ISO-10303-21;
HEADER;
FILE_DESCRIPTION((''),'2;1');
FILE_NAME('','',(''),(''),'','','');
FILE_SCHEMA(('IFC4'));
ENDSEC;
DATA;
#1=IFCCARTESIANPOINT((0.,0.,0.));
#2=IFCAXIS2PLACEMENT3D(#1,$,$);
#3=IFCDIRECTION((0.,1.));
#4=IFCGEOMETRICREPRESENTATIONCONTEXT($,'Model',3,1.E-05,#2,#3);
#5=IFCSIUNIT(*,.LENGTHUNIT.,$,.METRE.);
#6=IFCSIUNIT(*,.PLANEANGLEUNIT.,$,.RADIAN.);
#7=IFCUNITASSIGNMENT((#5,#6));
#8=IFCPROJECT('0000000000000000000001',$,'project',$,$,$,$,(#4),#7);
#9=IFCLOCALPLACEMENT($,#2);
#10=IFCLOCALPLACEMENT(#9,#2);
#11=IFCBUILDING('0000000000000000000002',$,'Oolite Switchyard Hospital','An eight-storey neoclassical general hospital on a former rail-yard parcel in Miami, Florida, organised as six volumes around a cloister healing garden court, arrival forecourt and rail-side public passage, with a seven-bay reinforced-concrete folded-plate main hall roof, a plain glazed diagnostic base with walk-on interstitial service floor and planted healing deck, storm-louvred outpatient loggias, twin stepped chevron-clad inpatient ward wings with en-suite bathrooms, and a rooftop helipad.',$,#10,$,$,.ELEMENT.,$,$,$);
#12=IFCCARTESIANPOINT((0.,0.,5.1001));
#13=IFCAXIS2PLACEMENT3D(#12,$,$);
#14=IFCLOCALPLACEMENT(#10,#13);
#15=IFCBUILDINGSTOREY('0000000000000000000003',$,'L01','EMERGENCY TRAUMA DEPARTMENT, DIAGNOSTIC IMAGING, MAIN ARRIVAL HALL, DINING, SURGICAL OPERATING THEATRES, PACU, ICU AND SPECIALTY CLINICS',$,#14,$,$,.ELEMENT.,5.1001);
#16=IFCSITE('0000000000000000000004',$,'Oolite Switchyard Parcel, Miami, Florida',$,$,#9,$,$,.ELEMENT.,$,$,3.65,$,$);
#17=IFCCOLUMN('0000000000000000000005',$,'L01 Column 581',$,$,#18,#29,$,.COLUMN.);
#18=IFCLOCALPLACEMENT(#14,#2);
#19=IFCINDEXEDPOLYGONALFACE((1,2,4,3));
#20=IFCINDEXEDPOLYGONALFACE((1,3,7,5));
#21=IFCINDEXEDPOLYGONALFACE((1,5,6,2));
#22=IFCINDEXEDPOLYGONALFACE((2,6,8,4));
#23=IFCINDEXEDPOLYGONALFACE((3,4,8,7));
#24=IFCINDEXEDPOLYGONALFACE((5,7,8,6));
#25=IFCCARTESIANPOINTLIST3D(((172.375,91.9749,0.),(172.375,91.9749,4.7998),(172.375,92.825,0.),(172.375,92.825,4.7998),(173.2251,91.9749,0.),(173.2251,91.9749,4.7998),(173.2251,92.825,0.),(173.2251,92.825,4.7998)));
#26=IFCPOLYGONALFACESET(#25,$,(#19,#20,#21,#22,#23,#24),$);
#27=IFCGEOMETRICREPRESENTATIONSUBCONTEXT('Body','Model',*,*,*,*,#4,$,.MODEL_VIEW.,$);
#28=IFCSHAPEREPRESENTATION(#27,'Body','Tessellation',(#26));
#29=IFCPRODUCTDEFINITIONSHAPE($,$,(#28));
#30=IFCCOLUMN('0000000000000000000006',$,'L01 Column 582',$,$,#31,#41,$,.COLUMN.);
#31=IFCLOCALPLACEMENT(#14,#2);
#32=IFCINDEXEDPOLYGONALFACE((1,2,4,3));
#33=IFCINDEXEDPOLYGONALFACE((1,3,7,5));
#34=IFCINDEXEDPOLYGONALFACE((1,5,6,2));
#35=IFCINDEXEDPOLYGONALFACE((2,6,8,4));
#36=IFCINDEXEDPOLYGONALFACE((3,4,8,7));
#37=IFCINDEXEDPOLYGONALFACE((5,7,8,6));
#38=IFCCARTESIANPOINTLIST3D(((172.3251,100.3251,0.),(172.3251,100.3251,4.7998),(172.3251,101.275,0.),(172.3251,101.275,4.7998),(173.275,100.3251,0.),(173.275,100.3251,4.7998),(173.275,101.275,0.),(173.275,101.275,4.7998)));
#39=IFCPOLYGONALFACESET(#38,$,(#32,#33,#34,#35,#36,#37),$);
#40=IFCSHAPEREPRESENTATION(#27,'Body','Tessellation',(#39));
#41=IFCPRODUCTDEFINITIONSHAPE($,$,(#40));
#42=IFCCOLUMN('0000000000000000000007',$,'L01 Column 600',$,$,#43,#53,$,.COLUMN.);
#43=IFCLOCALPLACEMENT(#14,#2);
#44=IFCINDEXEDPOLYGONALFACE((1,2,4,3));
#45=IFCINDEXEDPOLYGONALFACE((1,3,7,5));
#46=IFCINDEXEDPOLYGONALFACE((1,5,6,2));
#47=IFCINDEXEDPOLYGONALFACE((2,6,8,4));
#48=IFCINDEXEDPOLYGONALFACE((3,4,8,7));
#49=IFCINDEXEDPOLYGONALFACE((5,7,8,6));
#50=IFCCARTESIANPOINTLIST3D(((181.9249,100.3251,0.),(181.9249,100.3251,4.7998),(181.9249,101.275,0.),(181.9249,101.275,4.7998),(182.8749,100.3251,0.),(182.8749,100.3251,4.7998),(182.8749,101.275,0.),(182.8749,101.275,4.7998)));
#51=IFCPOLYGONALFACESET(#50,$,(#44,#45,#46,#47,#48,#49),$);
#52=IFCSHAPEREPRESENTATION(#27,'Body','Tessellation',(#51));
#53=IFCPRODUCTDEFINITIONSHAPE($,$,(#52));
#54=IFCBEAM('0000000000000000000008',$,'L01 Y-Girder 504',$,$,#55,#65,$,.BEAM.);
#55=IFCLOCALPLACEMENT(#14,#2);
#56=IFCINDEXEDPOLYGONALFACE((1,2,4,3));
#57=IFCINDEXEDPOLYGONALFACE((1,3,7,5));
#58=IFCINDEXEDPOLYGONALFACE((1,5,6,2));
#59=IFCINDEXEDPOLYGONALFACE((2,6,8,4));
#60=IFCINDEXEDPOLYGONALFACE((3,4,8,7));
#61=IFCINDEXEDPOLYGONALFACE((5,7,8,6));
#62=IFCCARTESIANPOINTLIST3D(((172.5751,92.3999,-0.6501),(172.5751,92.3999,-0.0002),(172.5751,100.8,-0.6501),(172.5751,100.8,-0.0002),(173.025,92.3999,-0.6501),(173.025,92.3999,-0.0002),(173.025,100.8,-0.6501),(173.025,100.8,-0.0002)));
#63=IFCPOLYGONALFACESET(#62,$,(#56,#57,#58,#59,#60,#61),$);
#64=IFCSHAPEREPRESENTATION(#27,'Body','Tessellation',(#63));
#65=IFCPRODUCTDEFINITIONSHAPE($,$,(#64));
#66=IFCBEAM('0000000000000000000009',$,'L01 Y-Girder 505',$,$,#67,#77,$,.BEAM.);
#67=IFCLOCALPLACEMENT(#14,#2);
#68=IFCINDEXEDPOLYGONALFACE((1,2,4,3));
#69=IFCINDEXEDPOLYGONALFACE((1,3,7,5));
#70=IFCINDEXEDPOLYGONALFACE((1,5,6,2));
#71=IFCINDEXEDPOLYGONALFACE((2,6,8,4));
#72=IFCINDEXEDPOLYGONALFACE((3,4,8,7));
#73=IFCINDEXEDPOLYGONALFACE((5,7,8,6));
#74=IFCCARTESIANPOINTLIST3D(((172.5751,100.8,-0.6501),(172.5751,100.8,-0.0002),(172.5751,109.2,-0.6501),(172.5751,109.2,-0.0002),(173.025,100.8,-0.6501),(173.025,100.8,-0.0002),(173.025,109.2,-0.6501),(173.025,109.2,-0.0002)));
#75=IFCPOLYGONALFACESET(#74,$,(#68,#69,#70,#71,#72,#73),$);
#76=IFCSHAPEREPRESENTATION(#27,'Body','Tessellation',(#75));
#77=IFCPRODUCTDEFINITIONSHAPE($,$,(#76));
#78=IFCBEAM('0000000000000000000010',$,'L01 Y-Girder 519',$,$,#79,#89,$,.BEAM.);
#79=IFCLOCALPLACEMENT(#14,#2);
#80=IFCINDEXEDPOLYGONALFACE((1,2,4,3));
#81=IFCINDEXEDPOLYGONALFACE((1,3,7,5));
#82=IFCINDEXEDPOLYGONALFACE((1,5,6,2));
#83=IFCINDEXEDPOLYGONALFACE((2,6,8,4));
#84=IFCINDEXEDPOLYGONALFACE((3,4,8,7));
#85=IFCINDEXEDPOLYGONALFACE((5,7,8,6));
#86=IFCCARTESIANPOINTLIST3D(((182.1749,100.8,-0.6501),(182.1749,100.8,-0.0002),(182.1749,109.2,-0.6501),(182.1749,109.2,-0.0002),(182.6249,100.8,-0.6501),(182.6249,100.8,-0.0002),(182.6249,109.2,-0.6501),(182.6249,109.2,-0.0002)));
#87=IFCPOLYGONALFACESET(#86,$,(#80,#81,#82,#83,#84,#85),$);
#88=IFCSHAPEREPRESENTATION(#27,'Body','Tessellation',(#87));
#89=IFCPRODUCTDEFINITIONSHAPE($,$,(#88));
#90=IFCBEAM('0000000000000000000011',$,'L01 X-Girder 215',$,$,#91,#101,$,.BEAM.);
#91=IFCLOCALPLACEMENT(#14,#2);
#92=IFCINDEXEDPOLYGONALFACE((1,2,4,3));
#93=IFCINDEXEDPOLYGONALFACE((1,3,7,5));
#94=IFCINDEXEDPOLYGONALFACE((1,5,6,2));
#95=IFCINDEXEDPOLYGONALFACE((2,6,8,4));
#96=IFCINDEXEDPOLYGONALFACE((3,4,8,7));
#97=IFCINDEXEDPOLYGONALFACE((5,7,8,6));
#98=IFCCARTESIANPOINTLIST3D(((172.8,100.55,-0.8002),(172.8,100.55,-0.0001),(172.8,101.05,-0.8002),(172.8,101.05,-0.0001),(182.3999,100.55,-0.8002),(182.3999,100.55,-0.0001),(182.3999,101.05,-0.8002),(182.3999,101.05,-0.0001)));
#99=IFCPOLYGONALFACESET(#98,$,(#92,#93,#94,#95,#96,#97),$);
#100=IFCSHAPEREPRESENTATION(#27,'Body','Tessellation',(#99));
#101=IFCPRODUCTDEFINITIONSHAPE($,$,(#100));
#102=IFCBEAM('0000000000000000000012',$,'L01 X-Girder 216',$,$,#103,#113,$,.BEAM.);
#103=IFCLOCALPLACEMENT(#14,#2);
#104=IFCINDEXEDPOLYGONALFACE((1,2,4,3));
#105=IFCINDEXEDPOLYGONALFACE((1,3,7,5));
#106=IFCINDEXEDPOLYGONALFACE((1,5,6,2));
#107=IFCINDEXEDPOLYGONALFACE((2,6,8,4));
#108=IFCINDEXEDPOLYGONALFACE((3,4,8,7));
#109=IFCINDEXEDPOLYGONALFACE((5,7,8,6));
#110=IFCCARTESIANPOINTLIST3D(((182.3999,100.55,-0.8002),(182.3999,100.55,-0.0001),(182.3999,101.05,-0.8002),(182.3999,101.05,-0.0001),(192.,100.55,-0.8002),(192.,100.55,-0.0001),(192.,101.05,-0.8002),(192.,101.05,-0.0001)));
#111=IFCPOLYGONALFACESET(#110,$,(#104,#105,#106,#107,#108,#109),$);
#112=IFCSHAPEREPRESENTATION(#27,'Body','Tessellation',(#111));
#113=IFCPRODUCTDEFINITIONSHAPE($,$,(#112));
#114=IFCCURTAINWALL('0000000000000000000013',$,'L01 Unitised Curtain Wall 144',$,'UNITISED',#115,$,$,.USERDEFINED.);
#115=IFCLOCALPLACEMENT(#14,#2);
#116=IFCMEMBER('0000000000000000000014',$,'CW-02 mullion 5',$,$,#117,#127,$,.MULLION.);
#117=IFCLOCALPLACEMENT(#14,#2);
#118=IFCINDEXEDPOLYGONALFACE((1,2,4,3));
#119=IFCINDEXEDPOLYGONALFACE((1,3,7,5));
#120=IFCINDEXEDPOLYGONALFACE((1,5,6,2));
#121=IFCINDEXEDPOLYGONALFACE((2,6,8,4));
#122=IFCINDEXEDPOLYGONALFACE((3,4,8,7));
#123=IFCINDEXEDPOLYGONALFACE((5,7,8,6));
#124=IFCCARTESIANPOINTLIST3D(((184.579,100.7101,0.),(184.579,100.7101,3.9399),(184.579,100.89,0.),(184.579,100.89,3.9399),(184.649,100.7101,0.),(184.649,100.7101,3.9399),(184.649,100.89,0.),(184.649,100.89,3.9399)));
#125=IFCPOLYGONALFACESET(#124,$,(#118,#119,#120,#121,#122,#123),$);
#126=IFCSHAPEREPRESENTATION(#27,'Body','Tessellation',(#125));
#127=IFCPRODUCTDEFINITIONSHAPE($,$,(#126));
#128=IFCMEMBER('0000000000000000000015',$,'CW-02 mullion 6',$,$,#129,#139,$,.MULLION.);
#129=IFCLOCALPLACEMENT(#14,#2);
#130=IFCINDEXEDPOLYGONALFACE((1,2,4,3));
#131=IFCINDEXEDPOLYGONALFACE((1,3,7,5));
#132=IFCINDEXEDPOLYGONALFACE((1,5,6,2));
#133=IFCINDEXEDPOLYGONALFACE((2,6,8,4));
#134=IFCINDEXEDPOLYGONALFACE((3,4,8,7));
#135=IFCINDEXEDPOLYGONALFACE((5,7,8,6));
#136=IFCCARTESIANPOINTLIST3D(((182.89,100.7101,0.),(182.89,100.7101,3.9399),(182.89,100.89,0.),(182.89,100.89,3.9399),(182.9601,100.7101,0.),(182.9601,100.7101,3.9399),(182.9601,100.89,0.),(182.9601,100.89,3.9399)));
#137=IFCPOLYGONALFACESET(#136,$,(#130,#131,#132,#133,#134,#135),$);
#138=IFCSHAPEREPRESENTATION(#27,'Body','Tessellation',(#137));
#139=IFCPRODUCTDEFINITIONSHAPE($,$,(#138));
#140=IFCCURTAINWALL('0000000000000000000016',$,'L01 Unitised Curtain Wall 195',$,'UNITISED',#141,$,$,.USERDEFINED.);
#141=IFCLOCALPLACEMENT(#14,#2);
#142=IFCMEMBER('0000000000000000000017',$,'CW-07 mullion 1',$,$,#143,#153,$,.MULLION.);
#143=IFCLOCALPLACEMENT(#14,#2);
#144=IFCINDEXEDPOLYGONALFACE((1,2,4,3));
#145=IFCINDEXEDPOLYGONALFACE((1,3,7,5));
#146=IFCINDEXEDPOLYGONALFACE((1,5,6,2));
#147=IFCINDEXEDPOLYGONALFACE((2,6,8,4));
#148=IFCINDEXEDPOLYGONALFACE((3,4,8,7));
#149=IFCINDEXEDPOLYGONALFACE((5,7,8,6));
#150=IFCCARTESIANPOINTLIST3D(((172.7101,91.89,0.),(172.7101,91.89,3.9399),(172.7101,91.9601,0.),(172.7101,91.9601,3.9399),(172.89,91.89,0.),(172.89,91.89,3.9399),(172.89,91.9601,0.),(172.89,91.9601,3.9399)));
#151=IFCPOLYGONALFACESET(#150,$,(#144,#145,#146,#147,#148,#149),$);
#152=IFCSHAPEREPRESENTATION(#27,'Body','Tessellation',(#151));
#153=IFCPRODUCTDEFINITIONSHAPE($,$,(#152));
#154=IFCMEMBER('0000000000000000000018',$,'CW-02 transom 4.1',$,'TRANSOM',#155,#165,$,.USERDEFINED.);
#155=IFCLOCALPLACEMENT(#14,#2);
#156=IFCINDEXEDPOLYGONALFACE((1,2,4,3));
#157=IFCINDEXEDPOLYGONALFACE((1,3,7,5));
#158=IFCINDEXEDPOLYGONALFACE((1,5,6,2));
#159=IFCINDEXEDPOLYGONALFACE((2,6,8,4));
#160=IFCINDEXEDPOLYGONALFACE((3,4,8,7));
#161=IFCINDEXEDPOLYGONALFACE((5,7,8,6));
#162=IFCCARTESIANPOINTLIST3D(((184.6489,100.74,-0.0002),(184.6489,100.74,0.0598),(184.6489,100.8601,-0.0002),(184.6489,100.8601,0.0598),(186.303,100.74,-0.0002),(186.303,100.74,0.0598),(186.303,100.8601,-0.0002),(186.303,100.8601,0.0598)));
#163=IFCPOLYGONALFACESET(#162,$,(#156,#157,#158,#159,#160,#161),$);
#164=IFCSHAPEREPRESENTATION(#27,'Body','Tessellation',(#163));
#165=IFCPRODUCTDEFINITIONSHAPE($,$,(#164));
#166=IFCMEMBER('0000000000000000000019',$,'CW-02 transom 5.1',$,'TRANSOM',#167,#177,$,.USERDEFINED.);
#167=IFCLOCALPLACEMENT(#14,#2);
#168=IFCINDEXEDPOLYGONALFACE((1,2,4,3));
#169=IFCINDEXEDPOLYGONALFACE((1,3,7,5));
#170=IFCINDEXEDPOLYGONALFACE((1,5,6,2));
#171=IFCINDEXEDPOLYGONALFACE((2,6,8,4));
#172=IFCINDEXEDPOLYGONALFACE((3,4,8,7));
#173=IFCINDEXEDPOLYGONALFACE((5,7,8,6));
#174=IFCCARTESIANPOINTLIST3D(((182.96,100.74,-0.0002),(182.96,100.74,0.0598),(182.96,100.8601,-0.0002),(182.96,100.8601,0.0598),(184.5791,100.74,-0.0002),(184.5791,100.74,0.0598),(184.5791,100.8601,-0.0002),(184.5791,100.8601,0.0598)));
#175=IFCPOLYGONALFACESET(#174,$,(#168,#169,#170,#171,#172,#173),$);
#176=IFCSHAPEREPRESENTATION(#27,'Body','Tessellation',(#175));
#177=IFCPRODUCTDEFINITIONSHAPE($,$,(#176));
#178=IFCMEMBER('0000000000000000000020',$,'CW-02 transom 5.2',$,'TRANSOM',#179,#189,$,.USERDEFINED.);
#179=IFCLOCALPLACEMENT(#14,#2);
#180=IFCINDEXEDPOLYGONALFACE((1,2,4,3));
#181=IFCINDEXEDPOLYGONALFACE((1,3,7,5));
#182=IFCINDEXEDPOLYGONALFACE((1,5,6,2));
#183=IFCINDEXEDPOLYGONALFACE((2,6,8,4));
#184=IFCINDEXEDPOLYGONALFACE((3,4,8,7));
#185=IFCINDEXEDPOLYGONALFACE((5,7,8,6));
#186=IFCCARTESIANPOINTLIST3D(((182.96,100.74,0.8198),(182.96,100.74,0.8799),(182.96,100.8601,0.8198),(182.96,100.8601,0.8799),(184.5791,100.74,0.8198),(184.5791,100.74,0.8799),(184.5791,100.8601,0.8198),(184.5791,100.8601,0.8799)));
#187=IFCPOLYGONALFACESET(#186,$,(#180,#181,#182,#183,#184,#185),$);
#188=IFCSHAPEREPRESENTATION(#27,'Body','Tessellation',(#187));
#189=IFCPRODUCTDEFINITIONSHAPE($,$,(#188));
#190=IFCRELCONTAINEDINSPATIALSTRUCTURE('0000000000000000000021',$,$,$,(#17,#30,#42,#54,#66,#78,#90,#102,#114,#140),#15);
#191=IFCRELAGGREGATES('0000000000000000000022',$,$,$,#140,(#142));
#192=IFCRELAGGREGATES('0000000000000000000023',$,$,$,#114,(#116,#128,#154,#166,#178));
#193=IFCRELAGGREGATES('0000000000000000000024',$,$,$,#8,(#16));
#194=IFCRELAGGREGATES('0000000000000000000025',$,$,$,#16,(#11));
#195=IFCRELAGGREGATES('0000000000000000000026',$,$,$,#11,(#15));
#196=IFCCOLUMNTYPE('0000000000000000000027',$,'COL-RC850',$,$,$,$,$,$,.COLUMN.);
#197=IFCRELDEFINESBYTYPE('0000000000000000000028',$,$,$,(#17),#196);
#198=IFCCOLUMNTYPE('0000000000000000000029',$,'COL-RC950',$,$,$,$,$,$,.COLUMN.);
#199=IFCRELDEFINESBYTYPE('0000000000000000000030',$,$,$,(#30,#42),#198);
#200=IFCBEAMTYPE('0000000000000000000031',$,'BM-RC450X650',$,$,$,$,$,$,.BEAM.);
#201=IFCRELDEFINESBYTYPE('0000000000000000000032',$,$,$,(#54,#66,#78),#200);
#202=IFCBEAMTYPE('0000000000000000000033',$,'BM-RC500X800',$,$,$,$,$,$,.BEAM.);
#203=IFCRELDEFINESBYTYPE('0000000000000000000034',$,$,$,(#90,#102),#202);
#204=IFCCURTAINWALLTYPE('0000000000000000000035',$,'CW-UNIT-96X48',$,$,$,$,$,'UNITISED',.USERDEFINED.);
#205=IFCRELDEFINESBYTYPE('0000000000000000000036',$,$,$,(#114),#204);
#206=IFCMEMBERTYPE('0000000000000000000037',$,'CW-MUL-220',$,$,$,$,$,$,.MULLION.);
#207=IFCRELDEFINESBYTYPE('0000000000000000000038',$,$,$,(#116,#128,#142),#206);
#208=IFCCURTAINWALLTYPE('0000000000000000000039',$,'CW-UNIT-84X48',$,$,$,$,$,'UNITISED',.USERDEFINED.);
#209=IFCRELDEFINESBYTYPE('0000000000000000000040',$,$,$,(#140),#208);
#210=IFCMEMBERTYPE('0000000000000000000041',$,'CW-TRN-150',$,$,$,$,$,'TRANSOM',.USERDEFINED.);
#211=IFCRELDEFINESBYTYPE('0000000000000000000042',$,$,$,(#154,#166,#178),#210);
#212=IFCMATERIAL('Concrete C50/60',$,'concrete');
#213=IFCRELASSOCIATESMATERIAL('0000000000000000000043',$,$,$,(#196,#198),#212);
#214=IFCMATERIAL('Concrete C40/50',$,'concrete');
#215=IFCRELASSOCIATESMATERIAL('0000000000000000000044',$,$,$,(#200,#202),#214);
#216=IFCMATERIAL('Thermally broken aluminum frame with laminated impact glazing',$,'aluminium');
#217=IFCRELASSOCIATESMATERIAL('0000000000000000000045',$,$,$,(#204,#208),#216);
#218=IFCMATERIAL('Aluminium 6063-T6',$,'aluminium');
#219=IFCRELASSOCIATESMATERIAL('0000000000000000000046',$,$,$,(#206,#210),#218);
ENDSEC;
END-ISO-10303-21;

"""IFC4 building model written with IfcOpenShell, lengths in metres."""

from ifc_helpers import new_model, si_unit, direction, frame, origin, origin_2d, place, context, subcontext, project, spatial, rectangle, extrude, material, material_profile, profile_set, type_object, element, aggregate, save


model = new_model("IFC4")

# Units and contexts
model_context = context("Model", 3, precision=1e-05, world=origin(), true_north=direction((0.0, 1.0)))
body_context = subcontext(model_context, "Body", "Model", "MODEL_VIEW")
ifc_project = project(units=[si_unit("LENGTHUNIT", "METRE"), si_unit("PLANEANGLEUNIT", "RADIAN")], contexts=[model_context])

# Site, building, storey
site_placement = place(None, origin())
site = spatial("IfcSite", under=ifc_project, at=site_placement, Name="Oolite Switchyard Parcel, Miami, Florida", CompositionType="ELEMENT", RefElevation=3.65)
building_placement = place(site_placement, origin())
building = spatial("IfcBuilding", under=site, at=building_placement, Name="Oolite Switchyard Hospital", Description="An eight-storey neoclassical general hospital on a former rail-yard parcel in Miami, Florida, organised as six volumes around a cloister healing garden court, arrival forecourt and rail-side public passage, with a seven-bay reinforced-concrete folded-plate main hall roof, a plain glazed diagnostic base with walk-on interstitial service floor and planted healing deck, storm-louvred outpatient loggias, twin stepped chevron-clad inpatient ward wings with en-suite bathrooms, and a rooftop helipad.", CompositionType="ELEMENT")
storey_placement = place(building_placement, frame((0.0, 0.0, 5.1001)))
storey = spatial("IfcBuildingStorey", under=building, at=storey_placement, Name="L01", Description="EMERGENCY TRAUMA DEPARTMENT, DIAGNOSTIC IMAGING, MAIN ARRIVAL HALL, DINING, SURGICAL OPERATING THEATRES, PACU, ICU AND SPECIALTY CLINICS", CompositionType="ELEMENT", Elevation=5.1001)

# Columns
ifc_material_1 = material(Name="Concrete C50/60", Category="concrete")
ifc_material_profile_1 = material_profile(ifc_material_1, rectangle(XDim=0.8501, YDim=0.8501, at=origin_2d()), Name="RC850X850")
ifc_profile_set_1 = profile_set([ifc_material_profile_1], Name="Concrete C50/60")
column_type_1 = type_object("IfcColumnType", Name="COL-RC850", PredefinedType="COLUMN", material=ifc_profile_set_1)
column_placement = place(storey_placement, frame((172.8, 92.3999, 0.0), z_axis=(0.0, 0.0, 1.0), x_axis=(1.0, 0.0, 0.0)))
element("IfcColumn", 1, at=column_placement, inside=storey, type_object=column_type_1, Name="L01 Column 581", PredefinedType="COLUMN", context=body_context, shape_type="SweptSolid", body=[
    extrude(rectangle(XDim=0.8501, YDim=0.8501, at=origin_2d()), origin(), (0.0, 0.0, 1.0), 4.7998),
])
ifc_material_profile_2 = material_profile(ifc_material_1, rectangle(XDim=0.95, YDim=0.95, at=origin_2d()), Name="RC950X950")
ifc_profile_set_2 = profile_set([ifc_material_profile_2], Name="Concrete C50/60")
column_type_2 = type_object("IfcColumnType", Name="COL-RC950", PredefinedType="COLUMN", material=ifc_profile_set_2)
for number, where, z_axis, x_axis, name in (
    (2, (172.8, 100.8, 0.0), (0.0, 0.0, 1.0), (1.0, 0.0, 0.0), "L01 Column 582"),
    (3, (182.3999, 100.8, 0.0), (0.0, 0.0, 1.0), (1.0, 0.0, 0.0), "L01 Column 600"),
):
    element("IfcColumn", number, at=place(storey_placement, frame(where, z_axis=z_axis, x_axis=x_axis)), inside=storey, type_object=column_type_2, Name=name, PredefinedType="COLUMN", context=body_context, shape_type="SweptSolid", body=[
        extrude(rectangle(XDim=0.95, YDim=0.95, at=origin_2d()), origin(), (0.0, 0.0, 1.0), 4.7998),
    ])

# Beams
ifc_material_2 = material(Name="Concrete C40/50", Category="concrete")
ifc_material_profile_3 = material_profile(ifc_material_2, rectangle(XDim=0.45, YDim=0.6499, at=origin_2d()), Name="RCB450X650")
ifc_profile_set_3 = profile_set([ifc_material_profile_3], Name="Concrete C40/50")
beam_type_1 = type_object("IfcBeamType", Name="BM-RC450X650", PredefinedType="BEAM", material=ifc_profile_set_3)
beam_1_placement = place(storey_placement, frame((172.8, 92.3999, -0.3252), z_axis=(0.0, 1.0, 0.0), x_axis=(-1.0, 0.0, 0.0)))
element("IfcBeam", 4, at=beam_1_placement, inside=storey, type_object=beam_type_1, Name="L01 Y-Girder 504", PredefinedType="BEAM", context=body_context, shape_type="SweptSolid", body=[
    extrude(rectangle(XDim=0.45, YDim=0.6499, at=origin_2d()), origin(), (0.0, 0.0, 1.0), 8.4001),
])
for number, where, z_axis, x_axis, name in (
    (5, (172.8, 100.8, -0.3252), (0.0, 1.0, 0.0), (-1.0, 0.0, 0.0), "L01 Y-Girder 505"),
    (6, (182.3999, 100.8, -0.3252), (0.0, 1.0, 0.0), (-1.0, 0.0, 0.0), "L01 Y-Girder 519"),
):
    element("IfcBeam", number, at=place(storey_placement, frame(where, z_axis=z_axis, x_axis=x_axis)), inside=storey, type_object=beam_type_1, Name=name, PredefinedType="BEAM", context=body_context, shape_type="SweptSolid", body=[
        extrude(rectangle(XDim=0.45, YDim=0.6499, at=origin_2d()), origin(), (0.0, 0.0, 1.0), 8.3999),
    ])
ifc_material_profile_4 = material_profile(ifc_material_2, rectangle(XDim=0.5, YDim=0.8, at=origin_2d()), Name="RCB500X800")
ifc_profile_set_4 = profile_set([ifc_material_profile_4], Name="Concrete C40/50")
beam_type_2 = type_object("IfcBeamType", Name="BM-RC500X800", PredefinedType="BEAM", material=ifc_profile_set_4)
beam_2_placement = place(storey_placement, frame((172.8, 100.8, -0.4001), z_axis=(1.0, 0.0, 0.0), x_axis=(0.0, 1.0, 0.0)))
element("IfcBeam", 7, at=beam_2_placement, inside=storey, type_object=beam_type_2, Name="L01 X-Girder 215", PredefinedType="BEAM", context=body_context, shape_type="SweptSolid", body=[
    extrude(rectangle(XDim=0.5, YDim=0.8, at=origin_2d()), origin(), (0.0, 0.0, 1.0), 9.5999),
])
beam_3_placement = place(storey_placement, frame((182.3999, 100.8, -0.4001), z_axis=(1.0, 0.0, 0.0), x_axis=(0.0, 1.0, 0.0)))
element("IfcBeam", 8, at=beam_3_placement, inside=storey, type_object=beam_type_2, Name="L01 X-Girder 216", PredefinedType="BEAM", context=body_context, shape_type="SweptSolid", body=[
    extrude(rectangle(XDim=0.5, YDim=0.8, at=origin_2d()), origin(), (0.0, 0.0, 1.0), 9.6001),
])

# Curtain wall, members
ifc_material_3 = material(Name="Thermally broken aluminum frame with laminated impact glazing", Category="aluminium")
curtain_wall_type_1 = type_object("IfcCurtainWallType", Name="CW-UNIT-96X48", ElementType="UNITISED", PredefinedType="USERDEFINED", material=ifc_material_3)
curtain_wall_1_placement = place(storey_placement, origin())
curtain_wall_1 = element("IfcCurtainWall", 9, at=curtain_wall_1_placement, inside=storey, type_object=curtain_wall_type_1, Name="L01 Unitised Curtain Wall 144", ObjectType="UNITISED", PredefinedType="USERDEFINED")
ifc_material_4 = material(Name="Aluminium 6063-T6", Category="aluminium")
ifc_material_profile_5 = material_profile(ifc_material_4, rectangle(XDim=0.1799, YDim=0.0701, at=origin_2d()), Name="CWM70X180")
ifc_profile_set_5 = profile_set([ifc_material_profile_5], Name="Aluminium 6063-T6")
member_type_1 = type_object("IfcMemberType", Name="CW-MUL-220", PredefinedType="MULLION", material=ifc_profile_set_5)
member_1_placement = place(storey_placement, frame((184.614, 100.8, 0.0), z_axis=(0.0, 0.0, 1.0), x_axis=(0.0, -1.0, 0.0)))
member_1 = element("IfcMember", 10, at=member_1_placement, type_object=member_type_1, Name="CW-02 mullion 5", PredefinedType="MULLION", context=body_context, shape_type="SweptSolid", body=[
    extrude(rectangle(XDim=0.1799, YDim=0.0701, at=origin_2d()), origin(), (0.0, 0.0, 1.0), 3.9399),
])
member_2_placement = place(storey_placement, frame((182.925, 100.8, 0.0), z_axis=(0.0, 0.0, 1.0), x_axis=(0.0, -1.0, 0.0)))
member_2 = element("IfcMember", 11, at=member_2_placement, type_object=member_type_1, Name="CW-02 mullion 6", PredefinedType="MULLION", context=body_context, shape_type="SweptSolid", body=[
    extrude(rectangle(XDim=0.1799, YDim=0.0701, at=origin_2d()), origin(), (0.0, 0.0, 1.0), 3.9399),
])

# Curtain wall, member
curtain_wall_type_2 = type_object("IfcCurtainWallType", Name="CW-UNIT-84X48", ElementType="UNITISED", PredefinedType="USERDEFINED", material=ifc_material_3)
curtain_wall_2_placement = place(storey_placement, origin())
curtain_wall_2 = element("IfcCurtainWall", 12, at=curtain_wall_2_placement, inside=storey, type_object=curtain_wall_type_2, Name="L01 Unitised Curtain Wall 195", ObjectType="UNITISED", PredefinedType="USERDEFINED")
member_3_placement = place(storey_placement, frame((172.8, 91.925, 0.0), z_axis=(0.0, 0.0, 1.0), x_axis=(1.0, 0.0, 0.0)))
member_3 = element("IfcMember", 13, at=member_3_placement, type_object=member_type_1, Name="CW-07 mullion 1", PredefinedType="MULLION", context=body_context, shape_type="SweptSolid", body=[
    extrude(rectangle(XDim=0.1799, YDim=0.0701, at=origin_2d()), origin(), (0.0, 0.0, 1.0), 3.9399),
])
aggregate(curtain_wall_2, [member_3])

# Members
ifc_material_profile_6 = material_profile(ifc_material_4, rectangle(XDim=0.1201, YDim=0.0601, at=origin_2d()), Name="CWT60X120")
ifc_profile_set_6 = profile_set([ifc_material_profile_6], Name="Aluminium 6063-T6")
member_type_2 = type_object("IfcMemberType", Name="CW-TRN-150", ElementType="TRANSOM", PredefinedType="USERDEFINED", material=ifc_profile_set_6)
member_4_placement = place(storey_placement, frame((186.303, 100.8, 0.0298), z_axis=(-1.0, 0.0, 0.0), x_axis=(0.0, -1.0, 0.0)))
member_4 = element("IfcMember", 14, at=member_4_placement, type_object=member_type_2, Name="CW-02 transom 4.1", ObjectType="TRANSOM", PredefinedType="USERDEFINED", context=body_context, shape_type="SweptSolid", body=[
    extrude(rectangle(XDim=0.1201, YDim=0.0601, at=origin_2d()), origin(), (0.0, 0.0, 1.0), 1.6541),
])
member_5_placement = place(storey_placement, frame((184.5791, 100.8, 0.0298), z_axis=(-1.0, 0.0, 0.0), x_axis=(0.0, -1.0, 0.0)))
member_5 = element("IfcMember", 15, at=member_5_placement, type_object=member_type_2, Name="CW-02 transom 5.1", ObjectType="TRANSOM", PredefinedType="USERDEFINED", context=body_context, shape_type="SweptSolid", body=[
    extrude(rectangle(XDim=0.1201, YDim=0.0601, at=origin_2d()), origin(), (0.0, 0.0, 1.0), 1.6191),
])
member_6_placement = place(storey_placement, frame((184.5791, 100.8, 0.8499), z_axis=(-1.0, 0.0, 0.0), x_axis=(0.0, -1.0, 0.0)))
member_6 = element("IfcMember", 16, at=member_6_placement, type_object=member_type_2, Name="CW-02 transom 5.2", ObjectType="TRANSOM", PredefinedType="USERDEFINED", context=body_context, shape_type="SweptSolid", body=[
    extrude(rectangle(XDim=0.1201, YDim=0.0601, at=origin_2d()), origin(), (0.0, 0.0, 1.0), 1.6191),
])

aggregate(curtain_wall_1, [member_1, member_2, member_4, member_5, member_6])

save(model, "model.ifc")
